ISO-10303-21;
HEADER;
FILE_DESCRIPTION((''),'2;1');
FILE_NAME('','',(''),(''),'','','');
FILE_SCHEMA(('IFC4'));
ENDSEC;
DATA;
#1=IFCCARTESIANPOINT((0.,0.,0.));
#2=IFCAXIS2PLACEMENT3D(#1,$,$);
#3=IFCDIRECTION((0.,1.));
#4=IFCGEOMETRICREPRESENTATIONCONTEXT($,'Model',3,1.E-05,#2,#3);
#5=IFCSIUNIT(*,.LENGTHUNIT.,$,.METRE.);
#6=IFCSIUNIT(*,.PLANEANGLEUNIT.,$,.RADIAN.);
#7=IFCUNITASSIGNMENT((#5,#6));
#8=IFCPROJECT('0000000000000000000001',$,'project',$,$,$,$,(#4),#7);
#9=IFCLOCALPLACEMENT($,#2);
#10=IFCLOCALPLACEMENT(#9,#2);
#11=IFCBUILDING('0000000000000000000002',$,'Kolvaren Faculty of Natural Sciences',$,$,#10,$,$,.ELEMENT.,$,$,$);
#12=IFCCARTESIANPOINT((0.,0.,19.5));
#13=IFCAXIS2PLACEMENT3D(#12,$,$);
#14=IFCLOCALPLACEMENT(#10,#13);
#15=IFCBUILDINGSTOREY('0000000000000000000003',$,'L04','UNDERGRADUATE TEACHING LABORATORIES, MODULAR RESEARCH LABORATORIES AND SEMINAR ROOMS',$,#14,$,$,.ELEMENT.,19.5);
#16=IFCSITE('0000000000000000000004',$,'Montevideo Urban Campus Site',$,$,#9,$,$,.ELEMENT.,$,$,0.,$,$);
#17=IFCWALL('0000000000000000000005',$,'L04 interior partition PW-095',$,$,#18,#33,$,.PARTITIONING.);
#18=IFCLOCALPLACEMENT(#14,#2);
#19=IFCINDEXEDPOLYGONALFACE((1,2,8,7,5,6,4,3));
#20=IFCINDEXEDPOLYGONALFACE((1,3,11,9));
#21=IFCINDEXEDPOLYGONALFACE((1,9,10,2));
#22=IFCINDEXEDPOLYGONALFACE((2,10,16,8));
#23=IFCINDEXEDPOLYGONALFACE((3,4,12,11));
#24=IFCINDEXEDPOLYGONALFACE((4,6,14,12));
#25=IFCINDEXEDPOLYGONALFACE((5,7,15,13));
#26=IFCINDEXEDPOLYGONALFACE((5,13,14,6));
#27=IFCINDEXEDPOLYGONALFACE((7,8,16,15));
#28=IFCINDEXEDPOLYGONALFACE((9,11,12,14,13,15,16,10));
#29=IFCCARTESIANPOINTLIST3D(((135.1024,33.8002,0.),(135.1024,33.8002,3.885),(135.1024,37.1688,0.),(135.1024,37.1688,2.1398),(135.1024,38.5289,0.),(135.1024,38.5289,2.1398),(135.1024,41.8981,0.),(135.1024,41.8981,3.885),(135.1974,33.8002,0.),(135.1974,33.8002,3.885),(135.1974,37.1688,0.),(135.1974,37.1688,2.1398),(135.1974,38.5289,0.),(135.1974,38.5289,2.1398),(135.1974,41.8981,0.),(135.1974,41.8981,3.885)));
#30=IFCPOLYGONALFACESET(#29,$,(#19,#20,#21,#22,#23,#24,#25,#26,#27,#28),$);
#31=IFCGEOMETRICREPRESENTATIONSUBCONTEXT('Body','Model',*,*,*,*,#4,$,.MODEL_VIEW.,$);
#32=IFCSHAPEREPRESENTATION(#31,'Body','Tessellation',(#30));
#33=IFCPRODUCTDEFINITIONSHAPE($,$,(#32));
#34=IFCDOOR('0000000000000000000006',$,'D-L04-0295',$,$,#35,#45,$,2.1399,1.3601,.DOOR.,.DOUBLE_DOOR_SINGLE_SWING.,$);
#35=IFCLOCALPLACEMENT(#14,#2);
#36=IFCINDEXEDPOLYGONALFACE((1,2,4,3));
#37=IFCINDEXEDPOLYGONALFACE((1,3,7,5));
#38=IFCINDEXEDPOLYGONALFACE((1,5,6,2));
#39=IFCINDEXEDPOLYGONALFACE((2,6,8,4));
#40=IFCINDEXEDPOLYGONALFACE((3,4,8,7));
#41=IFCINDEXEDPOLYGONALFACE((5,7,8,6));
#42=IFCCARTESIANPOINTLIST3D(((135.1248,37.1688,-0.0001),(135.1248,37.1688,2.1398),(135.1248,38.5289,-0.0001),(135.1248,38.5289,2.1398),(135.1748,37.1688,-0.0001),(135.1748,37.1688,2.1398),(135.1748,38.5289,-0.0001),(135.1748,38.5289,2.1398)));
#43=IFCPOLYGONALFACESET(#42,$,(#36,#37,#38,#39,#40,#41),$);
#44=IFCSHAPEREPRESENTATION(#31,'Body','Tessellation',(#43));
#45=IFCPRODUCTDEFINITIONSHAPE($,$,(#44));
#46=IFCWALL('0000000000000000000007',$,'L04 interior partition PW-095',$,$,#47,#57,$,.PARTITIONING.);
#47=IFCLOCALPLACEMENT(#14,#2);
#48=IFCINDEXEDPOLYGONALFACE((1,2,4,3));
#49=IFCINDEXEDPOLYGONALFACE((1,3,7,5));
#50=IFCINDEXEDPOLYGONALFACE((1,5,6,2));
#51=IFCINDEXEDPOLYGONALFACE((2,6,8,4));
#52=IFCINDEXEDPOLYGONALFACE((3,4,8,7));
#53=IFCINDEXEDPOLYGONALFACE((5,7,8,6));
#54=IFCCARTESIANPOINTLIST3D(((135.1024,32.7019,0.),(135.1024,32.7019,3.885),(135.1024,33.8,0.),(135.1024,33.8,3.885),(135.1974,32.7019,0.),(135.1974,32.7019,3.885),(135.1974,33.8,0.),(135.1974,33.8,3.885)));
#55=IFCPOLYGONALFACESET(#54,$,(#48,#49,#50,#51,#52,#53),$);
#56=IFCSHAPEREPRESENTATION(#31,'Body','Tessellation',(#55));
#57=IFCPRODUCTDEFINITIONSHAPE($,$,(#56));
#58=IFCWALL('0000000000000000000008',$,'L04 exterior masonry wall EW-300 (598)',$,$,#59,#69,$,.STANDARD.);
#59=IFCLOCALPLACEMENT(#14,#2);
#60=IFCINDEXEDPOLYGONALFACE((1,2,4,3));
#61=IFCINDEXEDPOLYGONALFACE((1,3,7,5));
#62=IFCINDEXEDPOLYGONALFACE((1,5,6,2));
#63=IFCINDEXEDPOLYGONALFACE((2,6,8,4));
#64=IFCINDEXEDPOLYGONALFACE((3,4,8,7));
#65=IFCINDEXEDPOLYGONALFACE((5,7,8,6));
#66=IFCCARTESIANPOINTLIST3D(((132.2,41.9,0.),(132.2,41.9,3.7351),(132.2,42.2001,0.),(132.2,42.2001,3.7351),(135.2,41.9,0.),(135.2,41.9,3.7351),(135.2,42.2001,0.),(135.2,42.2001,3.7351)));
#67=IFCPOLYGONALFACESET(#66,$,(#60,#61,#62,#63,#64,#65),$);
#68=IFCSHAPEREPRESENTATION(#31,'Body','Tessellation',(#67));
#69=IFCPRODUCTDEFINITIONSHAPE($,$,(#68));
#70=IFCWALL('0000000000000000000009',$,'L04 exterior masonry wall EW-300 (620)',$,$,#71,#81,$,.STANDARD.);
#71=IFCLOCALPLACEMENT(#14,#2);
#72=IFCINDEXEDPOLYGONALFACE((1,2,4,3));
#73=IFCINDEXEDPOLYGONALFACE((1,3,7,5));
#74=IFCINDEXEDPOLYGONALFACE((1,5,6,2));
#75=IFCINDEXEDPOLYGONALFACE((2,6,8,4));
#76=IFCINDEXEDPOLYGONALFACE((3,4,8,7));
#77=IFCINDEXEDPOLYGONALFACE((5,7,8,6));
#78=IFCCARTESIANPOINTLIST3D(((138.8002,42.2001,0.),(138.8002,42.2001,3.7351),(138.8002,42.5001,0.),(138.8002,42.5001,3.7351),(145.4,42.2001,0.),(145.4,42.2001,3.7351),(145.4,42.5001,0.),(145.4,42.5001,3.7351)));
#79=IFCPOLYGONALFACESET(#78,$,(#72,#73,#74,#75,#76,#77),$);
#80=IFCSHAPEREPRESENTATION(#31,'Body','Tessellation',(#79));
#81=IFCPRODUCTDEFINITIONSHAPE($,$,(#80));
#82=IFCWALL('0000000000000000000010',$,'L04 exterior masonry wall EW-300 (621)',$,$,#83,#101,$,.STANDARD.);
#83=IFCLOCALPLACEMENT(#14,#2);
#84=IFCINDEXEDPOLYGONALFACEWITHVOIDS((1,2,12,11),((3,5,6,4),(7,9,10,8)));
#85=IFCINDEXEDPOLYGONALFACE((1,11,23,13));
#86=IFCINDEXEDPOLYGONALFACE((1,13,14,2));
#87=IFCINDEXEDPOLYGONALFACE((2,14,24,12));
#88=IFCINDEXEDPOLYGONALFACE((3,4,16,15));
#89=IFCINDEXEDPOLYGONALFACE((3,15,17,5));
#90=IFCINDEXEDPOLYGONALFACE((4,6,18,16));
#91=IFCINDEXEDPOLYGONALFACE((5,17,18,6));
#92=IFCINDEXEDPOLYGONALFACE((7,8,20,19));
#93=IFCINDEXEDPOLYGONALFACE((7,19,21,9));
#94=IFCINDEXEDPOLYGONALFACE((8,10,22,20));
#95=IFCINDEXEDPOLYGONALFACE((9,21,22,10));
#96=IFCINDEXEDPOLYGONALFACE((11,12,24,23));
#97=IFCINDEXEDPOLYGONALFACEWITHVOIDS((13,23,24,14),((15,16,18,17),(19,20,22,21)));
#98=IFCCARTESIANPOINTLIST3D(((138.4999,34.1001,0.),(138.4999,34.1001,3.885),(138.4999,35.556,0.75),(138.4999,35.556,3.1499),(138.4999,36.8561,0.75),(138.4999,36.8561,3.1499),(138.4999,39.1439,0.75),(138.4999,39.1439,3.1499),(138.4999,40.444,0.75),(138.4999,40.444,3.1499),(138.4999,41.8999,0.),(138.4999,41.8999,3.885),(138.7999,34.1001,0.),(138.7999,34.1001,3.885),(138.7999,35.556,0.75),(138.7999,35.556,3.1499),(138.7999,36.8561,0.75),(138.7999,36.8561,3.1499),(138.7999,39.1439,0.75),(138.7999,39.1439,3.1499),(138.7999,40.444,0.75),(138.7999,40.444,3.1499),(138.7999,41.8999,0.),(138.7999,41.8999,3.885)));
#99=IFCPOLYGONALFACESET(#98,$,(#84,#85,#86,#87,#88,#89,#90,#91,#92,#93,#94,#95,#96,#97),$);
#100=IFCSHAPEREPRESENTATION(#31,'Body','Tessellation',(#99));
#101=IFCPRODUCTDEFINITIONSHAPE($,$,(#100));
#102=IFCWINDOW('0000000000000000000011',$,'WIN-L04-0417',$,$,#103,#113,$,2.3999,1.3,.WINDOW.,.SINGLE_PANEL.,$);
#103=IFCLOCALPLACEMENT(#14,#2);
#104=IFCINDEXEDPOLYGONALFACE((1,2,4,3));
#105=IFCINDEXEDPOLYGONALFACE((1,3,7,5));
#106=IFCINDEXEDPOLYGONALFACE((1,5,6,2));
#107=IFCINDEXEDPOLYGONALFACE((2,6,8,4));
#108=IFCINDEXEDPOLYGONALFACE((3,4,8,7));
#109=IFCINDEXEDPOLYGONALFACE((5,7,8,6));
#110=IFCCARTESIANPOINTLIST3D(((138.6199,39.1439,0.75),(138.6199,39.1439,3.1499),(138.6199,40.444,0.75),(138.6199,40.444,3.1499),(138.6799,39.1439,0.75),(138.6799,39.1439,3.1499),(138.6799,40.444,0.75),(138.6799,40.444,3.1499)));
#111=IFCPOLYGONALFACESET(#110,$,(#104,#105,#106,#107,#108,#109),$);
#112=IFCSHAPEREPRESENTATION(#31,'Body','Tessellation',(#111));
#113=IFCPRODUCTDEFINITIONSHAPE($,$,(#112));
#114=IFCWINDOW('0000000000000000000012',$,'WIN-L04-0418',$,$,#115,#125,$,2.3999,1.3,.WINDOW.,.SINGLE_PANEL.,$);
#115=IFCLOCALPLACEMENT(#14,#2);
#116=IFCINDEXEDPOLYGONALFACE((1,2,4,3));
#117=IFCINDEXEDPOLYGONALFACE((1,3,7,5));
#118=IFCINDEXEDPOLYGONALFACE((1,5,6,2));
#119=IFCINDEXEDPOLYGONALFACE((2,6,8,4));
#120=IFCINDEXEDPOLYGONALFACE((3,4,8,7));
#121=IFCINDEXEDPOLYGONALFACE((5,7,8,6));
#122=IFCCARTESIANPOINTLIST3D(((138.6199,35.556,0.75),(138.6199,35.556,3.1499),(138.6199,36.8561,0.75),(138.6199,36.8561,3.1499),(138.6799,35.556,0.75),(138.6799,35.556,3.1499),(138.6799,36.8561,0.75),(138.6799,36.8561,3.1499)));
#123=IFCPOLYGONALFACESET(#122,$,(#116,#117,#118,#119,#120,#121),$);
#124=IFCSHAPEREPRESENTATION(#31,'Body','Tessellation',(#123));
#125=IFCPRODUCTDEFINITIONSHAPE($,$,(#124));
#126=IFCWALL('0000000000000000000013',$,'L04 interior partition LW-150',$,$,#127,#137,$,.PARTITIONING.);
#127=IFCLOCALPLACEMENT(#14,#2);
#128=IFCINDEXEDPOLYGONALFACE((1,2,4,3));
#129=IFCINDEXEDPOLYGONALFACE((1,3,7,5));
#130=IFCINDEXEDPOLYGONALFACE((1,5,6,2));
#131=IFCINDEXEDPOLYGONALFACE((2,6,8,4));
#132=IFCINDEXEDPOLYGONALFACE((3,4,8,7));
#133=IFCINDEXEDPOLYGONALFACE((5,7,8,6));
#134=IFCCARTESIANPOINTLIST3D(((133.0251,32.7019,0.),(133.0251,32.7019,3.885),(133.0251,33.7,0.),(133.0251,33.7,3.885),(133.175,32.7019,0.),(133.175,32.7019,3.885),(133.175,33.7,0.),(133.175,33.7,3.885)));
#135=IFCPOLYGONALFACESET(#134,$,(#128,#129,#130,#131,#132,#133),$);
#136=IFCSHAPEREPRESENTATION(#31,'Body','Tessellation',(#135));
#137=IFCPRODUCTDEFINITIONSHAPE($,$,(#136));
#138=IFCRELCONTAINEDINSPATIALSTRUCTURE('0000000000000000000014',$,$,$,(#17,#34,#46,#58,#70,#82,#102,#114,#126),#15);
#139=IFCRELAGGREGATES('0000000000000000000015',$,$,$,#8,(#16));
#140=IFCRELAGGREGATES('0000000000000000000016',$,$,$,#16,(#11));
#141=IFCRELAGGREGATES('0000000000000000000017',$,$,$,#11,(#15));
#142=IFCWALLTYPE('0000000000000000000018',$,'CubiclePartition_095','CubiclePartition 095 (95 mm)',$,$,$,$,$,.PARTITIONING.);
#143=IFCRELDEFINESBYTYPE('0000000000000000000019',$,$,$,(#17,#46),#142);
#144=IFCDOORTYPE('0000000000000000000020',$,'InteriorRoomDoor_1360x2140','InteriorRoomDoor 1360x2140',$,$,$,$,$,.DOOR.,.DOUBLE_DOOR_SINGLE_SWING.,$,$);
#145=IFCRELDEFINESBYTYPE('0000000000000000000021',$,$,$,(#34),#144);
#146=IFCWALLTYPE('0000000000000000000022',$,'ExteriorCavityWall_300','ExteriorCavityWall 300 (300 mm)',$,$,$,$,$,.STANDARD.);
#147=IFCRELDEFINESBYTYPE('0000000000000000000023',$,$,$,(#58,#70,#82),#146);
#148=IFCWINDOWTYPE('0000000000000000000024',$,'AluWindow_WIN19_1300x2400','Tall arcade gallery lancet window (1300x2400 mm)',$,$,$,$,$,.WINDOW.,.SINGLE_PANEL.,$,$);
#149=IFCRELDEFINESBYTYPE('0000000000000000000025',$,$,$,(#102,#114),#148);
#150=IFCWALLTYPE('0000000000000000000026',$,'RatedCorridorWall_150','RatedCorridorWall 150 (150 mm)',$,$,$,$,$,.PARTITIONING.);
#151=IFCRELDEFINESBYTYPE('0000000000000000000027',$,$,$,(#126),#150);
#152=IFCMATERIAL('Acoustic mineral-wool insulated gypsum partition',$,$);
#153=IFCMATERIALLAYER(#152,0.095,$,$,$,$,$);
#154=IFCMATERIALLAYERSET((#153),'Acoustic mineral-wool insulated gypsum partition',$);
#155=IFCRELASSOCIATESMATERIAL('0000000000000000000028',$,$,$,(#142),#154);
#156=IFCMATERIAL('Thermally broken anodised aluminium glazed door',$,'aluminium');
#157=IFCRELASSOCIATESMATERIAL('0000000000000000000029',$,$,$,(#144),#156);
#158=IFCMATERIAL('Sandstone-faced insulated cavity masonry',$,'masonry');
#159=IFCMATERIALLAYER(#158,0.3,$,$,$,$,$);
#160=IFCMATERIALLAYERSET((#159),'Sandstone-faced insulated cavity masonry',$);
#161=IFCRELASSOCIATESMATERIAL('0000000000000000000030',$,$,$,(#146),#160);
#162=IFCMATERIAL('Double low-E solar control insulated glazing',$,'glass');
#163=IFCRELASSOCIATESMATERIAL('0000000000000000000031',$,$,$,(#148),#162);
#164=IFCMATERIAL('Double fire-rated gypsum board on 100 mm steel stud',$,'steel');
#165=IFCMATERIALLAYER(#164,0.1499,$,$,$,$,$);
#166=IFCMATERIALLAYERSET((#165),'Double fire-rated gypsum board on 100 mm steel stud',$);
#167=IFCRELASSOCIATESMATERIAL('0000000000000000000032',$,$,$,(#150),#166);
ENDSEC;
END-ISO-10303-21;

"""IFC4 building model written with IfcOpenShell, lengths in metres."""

from ifc_helpers import new_model, si_unit, direction, frame, frame_2d, origin, place, context, subcontext, project, spatial, rectangle, extrude, material, layer, layer_set, type_object, element, fill, save


model = new_model("IFC4")

# Units and contexts
model_context = context("Model", 3, precision=1e-05, world=origin(), true_north=direction((0.0, 1.0)))
body_context = subcontext(model_context, "Body", "Model", "MODEL_VIEW")
ifc_project = project(units=[si_unit("LENGTHUNIT", "METRE"), si_unit("PLANEANGLEUNIT", "RADIAN")], contexts=[model_context])

# Site, building, storey
site_placement = place(None, origin())
site = spatial("IfcSite", under=ifc_project, at=site_placement, Name="Montevideo Urban Campus Site", CompositionType="ELEMENT", RefElevation=0.0)
building_placement = place(site_placement, origin())
building = spatial("IfcBuilding", under=site, at=building_placement, Name="Kolvaren Faculty of Natural Sciences", CompositionType="ELEMENT")
storey_placement = place(building_placement, frame((0.0, 0.0, 19.5)))
storey = spatial("IfcBuildingStorey", under=building, at=storey_placement, Name="L04", Description="UNDERGRADUATE TEACHING LABORATORIES, MODULAR RESEARCH LABORATORIES AND SEMINAR ROOMS", CompositionType="ELEMENT", Elevation=19.5)

# Wall, opening, door
ifc_material_1 = material(Name="Acoustic mineral-wool insulated gypsum partition")
ifc_layer_1 = layer(ifc_material_1, 0.095)
ifc_layer_set_1 = layer_set([ifc_layer_1], Name="Acoustic mineral-wool insulated gypsum partition")
wall_type_1 = type_object("IfcWallType", Name="CubiclePartition_095", Description="CubiclePartition 095 (95 mm)", PredefinedType="PARTITIONING", material=ifc_layer_set_1)
wall_1_placement = place(storey_placement, frame((135.1499, 41.8979, 0.0), z_axis=(0.0, 0.0, 1.0), x_axis=(0.0, -1.0, 0.0)))
wall_1 = element("IfcWall", 1, at=wall_1_placement, inside=storey, type_object=wall_type_1, Name="L04 interior partition PW-095", PredefinedType="PARTITIONING", context=body_context, shape_type="SweptSolid", body=[
    extrude(rectangle(XDim=8.0979, YDim=0.095, at=frame_2d((4.0488, 0.0))), origin(), (0.0, 0.0, 1.0), 3.885),
])
opening_1_placement = place(wall_1_placement, frame((3.3689, 0.0, 0.0)))
opening_1 = element("IfcOpeningElement", 2, at=opening_1_placement, cuts=wall_1, PredefinedType="OPENING", context=body_context, shape_type="SweptSolid", body=[
    extrude(rectangle(XDim=1.3601, YDim=2.1399, at=frame_2d((0.6802, 1.0698))), frame((0.0, 0.0574, 0.0), z_axis=(0.0, -1.0, 0.0), x_axis=(1.0, 0.0, 0.0)), (0.0, 0.0, 1.0), 0.115),
])
ifc_material_2 = material(Name="Thermally broken anodised aluminium glazed door", Category="aluminium")
door_type = type_object("IfcDoorType", Name="InteriorRoomDoor_1360x2140", Description="InteriorRoomDoor 1360x2140", OperationType="DOUBLE_DOOR_SINGLE_SWING", PredefinedType="DOOR", material=ifc_material_2)
door_placement = place(opening_1_placement, origin())
door = element("IfcDoor", 3, at=door_placement, inside=storey, type_object=door_type, Name="D-L04-0295", OperationType="DOUBLE_DOOR_SINGLE_SWING", OverallHeight=2.1399, OverallWidth=1.3601, PredefinedType="DOOR", context=body_context, shape_type="SweptSolid", body=[
    extrude(rectangle(XDim=1.3601, YDim=2.1399, at=frame_2d((0.6802, 1.0698))), frame((0.0, 0.0249, 0.0), z_axis=(0.0, -1.0, 0.0), x_axis=(1.0, 0.0, 0.0)), (0.0, 0.0, 1.0), 0.05),
])
fill(opening_1, door)

# Walls
wall_2_placement = place(storey_placement, frame((135.1499, 33.8, 0.0), z_axis=(0.0, 0.0, 1.0), x_axis=(0.0, -1.0, 0.0)))
element("IfcWall", 4, at=wall_2_placement, inside=storey, type_object=wall_type_1, Name="L04 interior partition PW-095", PredefinedType="PARTITIONING", context=body_context, shape_type="SweptSolid", body=[
    extrude(rectangle(XDim=1.0981, YDim=0.095, at=frame_2d((0.5491, 0.0))), origin(), (0.0, 0.0, 1.0), 3.885),
])
ifc_material_3 = material(Name="Sandstone-faced insulated cavity masonry", Category="masonry")
ifc_layer_2 = layer(ifc_material_3, 0.3)
ifc_layer_set_2 = layer_set([ifc_layer_2], Name="Sandstone-faced insulated cavity masonry")
wall_type_2 = type_object("IfcWallType", Name="ExteriorCavityWall_300", Description="ExteriorCavityWall 300 (300 mm)", PredefinedType="STANDARD", material=ifc_layer_set_2)
wall_3_placement = place(storey_placement, frame((132.2, 42.05, 0.0), z_axis=(0.0, 0.0, 1.0), x_axis=(1.0, 0.0, 0.0)))
element("IfcWall", 5, at=wall_3_placement, inside=storey, type_object=wall_type_2, Name="L04 exterior masonry wall EW-300 (598)", PredefinedType="STANDARD", context=body_context, shape_type="SweptSolid", body=[
    extrude(rectangle(XDim=3.0, YDim=0.3, at=frame_2d((1.5, 0.0))), origin(), (0.0, 0.0, 1.0), 3.7351),
])
wall_4_placement = place(storey_placement, frame((145.3999, 42.3501, 0.0), z_axis=(0.0, 0.0, 1.0), x_axis=(-1.0, 0.0, 0.0)))
element("IfcWall", 6, at=wall_4_placement, inside=storey, type_object=wall_type_2, Name="L04 exterior masonry wall EW-300 (620)", PredefinedType="STANDARD", context=body_context, shape_type="SweptSolid", body=[
    extrude(rectangle(XDim=6.5999, YDim=0.3, at=frame_2d((3.2998, 0.0))), origin(), (0.0, 0.0, 1.0), 3.7351),
])

# Wall, openings, windows
wall_5_placement = place(storey_placement, frame((138.6499, 41.8999, 0.0), z_axis=(0.0, 0.0, 1.0), x_axis=(0.0, -1.0, 0.0)))
wall_5 = element("IfcWall", 7, at=wall_5_placement, inside=storey, type_object=wall_type_2, Name="L04 exterior masonry wall EW-300 (621)", PredefinedType="STANDARD", context=body_context, shape_type="SweptSolid", body=[
    extrude(rectangle(XDim=7.7998, YDim=0.3, at=frame_2d((3.8999, 0.0))), origin(), (0.0, 0.0, 1.0), 3.885),
])
opening_2_placement = place(wall_5_placement, frame((1.4561, 0.0, 0.75)))
opening_2 = element("IfcOpeningElement", 8, at=opening_2_placement, cuts=wall_5, PredefinedType="OPENING", context=body_context, shape_type="SweptSolid", body=[
    extrude(rectangle(XDim=1.3, YDim=2.3999, at=frame_2d((0.6499, 1.2))), frame((0.0, 0.1599, 0.0), z_axis=(0.0, -1.0, 0.0), x_axis=(1.0, 0.0, 0.0)), (0.0, 0.0, 1.0), 0.3201),
])
opening_3_placement = place(wall_5_placement, frame((5.0439, 0.0, 0.75)))
opening_3 = element("IfcOpeningElement", 9, at=opening_3_placement, cuts=wall_5, PredefinedType="OPENING", context=body_context, shape_type="SweptSolid", body=[
    extrude(rectangle(XDim=1.3, YDim=2.3999, at=frame_2d((0.6499, 1.2))), frame((0.0, 0.1599, 0.0), z_axis=(0.0, -1.0, 0.0), x_axis=(1.0, 0.0, 0.0)), (0.0, 0.0, 1.0), 0.3201),
])
ifc_material_4 = material(Name="Double low-E solar control insulated glazing", Category="glass")
window_type = type_object("IfcWindowType", Name="AluWindow_WIN19_1300x2400", Description="Tall arcade gallery lancet window (1300x2400 mm)", PartitioningType="SINGLE_PANEL", PredefinedType="WINDOW", material=ifc_material_4)
window_1_placement = place(opening_2_placement, origin())
window_1 = element("IfcWindow", 10, at=window_1_placement, inside=storey, type_object=window_type, Name="WIN-L04-0417", OverallHeight=2.3999, OverallWidth=1.3, PartitioningType="SINGLE_PANEL", PredefinedType="WINDOW", context=body_context, shape_type="SweptSolid", body=[
    extrude(rectangle(XDim=1.3, YDim=2.3999, at=frame_2d((0.6499, 1.2))), frame((0.0, 0.03, 0.0), z_axis=(0.0, -1.0, 0.0), x_axis=(1.0, 0.0, 0.0)), (0.0, 0.0, 1.0), 0.0601),
])
fill(opening_2, window_1)
window_2_placement = place(opening_3_placement, origin())
window_2 = element("IfcWindow", 11, at=window_2_placement, inside=storey, type_object=window_type, Name="WIN-L04-0418", OverallHeight=2.3999, OverallWidth=1.3, PartitioningType="SINGLE_PANEL", PredefinedType="WINDOW", context=body_context, shape_type="SweptSolid", body=[
    extrude(rectangle(XDim=1.3, YDim=2.3999, at=frame_2d((0.6499, 1.2))), frame((0.0, 0.03, 0.0), z_axis=(0.0, -1.0, 0.0), x_axis=(1.0, 0.0, 0.0)), (0.0, 0.0, 1.0), 0.0601),
])
fill(opening_3, window_2)

# Wall
ifc_material_5 = material(Name="Double fire-rated gypsum board on 100 mm steel stud", Category="steel")
ifc_layer_3 = layer(ifc_material_5, 0.1499)
ifc_layer_set_3 = layer_set([ifc_layer_3], Name="Double fire-rated gypsum board on 100 mm steel stud")
wall_type_3 = type_object("IfcWallType", Name="RatedCorridorWall_150", Description="RatedCorridorWall 150 (150 mm)", PredefinedType="PARTITIONING", material=ifc_layer_set_3)
wall_6_placement = place(storey_placement, frame((133.1001, 33.7, 0.0), z_axis=(0.0, 0.0, 1.0), x_axis=(0.0, -1.0, 0.0)))
element("IfcWall", 12, at=wall_6_placement, inside=storey, type_object=wall_type_3, Name="L04 interior partition LW-150", PredefinedType="PARTITIONING", context=body_context, shape_type="SweptSolid", body=[
    extrude(rectangle(XDim=0.998, YDim=0.1499, at=frame_2d((0.499, 0.0))), origin(), (0.0, 0.0, 1.0), 3.885),
])

save(model, "model.ifc")
